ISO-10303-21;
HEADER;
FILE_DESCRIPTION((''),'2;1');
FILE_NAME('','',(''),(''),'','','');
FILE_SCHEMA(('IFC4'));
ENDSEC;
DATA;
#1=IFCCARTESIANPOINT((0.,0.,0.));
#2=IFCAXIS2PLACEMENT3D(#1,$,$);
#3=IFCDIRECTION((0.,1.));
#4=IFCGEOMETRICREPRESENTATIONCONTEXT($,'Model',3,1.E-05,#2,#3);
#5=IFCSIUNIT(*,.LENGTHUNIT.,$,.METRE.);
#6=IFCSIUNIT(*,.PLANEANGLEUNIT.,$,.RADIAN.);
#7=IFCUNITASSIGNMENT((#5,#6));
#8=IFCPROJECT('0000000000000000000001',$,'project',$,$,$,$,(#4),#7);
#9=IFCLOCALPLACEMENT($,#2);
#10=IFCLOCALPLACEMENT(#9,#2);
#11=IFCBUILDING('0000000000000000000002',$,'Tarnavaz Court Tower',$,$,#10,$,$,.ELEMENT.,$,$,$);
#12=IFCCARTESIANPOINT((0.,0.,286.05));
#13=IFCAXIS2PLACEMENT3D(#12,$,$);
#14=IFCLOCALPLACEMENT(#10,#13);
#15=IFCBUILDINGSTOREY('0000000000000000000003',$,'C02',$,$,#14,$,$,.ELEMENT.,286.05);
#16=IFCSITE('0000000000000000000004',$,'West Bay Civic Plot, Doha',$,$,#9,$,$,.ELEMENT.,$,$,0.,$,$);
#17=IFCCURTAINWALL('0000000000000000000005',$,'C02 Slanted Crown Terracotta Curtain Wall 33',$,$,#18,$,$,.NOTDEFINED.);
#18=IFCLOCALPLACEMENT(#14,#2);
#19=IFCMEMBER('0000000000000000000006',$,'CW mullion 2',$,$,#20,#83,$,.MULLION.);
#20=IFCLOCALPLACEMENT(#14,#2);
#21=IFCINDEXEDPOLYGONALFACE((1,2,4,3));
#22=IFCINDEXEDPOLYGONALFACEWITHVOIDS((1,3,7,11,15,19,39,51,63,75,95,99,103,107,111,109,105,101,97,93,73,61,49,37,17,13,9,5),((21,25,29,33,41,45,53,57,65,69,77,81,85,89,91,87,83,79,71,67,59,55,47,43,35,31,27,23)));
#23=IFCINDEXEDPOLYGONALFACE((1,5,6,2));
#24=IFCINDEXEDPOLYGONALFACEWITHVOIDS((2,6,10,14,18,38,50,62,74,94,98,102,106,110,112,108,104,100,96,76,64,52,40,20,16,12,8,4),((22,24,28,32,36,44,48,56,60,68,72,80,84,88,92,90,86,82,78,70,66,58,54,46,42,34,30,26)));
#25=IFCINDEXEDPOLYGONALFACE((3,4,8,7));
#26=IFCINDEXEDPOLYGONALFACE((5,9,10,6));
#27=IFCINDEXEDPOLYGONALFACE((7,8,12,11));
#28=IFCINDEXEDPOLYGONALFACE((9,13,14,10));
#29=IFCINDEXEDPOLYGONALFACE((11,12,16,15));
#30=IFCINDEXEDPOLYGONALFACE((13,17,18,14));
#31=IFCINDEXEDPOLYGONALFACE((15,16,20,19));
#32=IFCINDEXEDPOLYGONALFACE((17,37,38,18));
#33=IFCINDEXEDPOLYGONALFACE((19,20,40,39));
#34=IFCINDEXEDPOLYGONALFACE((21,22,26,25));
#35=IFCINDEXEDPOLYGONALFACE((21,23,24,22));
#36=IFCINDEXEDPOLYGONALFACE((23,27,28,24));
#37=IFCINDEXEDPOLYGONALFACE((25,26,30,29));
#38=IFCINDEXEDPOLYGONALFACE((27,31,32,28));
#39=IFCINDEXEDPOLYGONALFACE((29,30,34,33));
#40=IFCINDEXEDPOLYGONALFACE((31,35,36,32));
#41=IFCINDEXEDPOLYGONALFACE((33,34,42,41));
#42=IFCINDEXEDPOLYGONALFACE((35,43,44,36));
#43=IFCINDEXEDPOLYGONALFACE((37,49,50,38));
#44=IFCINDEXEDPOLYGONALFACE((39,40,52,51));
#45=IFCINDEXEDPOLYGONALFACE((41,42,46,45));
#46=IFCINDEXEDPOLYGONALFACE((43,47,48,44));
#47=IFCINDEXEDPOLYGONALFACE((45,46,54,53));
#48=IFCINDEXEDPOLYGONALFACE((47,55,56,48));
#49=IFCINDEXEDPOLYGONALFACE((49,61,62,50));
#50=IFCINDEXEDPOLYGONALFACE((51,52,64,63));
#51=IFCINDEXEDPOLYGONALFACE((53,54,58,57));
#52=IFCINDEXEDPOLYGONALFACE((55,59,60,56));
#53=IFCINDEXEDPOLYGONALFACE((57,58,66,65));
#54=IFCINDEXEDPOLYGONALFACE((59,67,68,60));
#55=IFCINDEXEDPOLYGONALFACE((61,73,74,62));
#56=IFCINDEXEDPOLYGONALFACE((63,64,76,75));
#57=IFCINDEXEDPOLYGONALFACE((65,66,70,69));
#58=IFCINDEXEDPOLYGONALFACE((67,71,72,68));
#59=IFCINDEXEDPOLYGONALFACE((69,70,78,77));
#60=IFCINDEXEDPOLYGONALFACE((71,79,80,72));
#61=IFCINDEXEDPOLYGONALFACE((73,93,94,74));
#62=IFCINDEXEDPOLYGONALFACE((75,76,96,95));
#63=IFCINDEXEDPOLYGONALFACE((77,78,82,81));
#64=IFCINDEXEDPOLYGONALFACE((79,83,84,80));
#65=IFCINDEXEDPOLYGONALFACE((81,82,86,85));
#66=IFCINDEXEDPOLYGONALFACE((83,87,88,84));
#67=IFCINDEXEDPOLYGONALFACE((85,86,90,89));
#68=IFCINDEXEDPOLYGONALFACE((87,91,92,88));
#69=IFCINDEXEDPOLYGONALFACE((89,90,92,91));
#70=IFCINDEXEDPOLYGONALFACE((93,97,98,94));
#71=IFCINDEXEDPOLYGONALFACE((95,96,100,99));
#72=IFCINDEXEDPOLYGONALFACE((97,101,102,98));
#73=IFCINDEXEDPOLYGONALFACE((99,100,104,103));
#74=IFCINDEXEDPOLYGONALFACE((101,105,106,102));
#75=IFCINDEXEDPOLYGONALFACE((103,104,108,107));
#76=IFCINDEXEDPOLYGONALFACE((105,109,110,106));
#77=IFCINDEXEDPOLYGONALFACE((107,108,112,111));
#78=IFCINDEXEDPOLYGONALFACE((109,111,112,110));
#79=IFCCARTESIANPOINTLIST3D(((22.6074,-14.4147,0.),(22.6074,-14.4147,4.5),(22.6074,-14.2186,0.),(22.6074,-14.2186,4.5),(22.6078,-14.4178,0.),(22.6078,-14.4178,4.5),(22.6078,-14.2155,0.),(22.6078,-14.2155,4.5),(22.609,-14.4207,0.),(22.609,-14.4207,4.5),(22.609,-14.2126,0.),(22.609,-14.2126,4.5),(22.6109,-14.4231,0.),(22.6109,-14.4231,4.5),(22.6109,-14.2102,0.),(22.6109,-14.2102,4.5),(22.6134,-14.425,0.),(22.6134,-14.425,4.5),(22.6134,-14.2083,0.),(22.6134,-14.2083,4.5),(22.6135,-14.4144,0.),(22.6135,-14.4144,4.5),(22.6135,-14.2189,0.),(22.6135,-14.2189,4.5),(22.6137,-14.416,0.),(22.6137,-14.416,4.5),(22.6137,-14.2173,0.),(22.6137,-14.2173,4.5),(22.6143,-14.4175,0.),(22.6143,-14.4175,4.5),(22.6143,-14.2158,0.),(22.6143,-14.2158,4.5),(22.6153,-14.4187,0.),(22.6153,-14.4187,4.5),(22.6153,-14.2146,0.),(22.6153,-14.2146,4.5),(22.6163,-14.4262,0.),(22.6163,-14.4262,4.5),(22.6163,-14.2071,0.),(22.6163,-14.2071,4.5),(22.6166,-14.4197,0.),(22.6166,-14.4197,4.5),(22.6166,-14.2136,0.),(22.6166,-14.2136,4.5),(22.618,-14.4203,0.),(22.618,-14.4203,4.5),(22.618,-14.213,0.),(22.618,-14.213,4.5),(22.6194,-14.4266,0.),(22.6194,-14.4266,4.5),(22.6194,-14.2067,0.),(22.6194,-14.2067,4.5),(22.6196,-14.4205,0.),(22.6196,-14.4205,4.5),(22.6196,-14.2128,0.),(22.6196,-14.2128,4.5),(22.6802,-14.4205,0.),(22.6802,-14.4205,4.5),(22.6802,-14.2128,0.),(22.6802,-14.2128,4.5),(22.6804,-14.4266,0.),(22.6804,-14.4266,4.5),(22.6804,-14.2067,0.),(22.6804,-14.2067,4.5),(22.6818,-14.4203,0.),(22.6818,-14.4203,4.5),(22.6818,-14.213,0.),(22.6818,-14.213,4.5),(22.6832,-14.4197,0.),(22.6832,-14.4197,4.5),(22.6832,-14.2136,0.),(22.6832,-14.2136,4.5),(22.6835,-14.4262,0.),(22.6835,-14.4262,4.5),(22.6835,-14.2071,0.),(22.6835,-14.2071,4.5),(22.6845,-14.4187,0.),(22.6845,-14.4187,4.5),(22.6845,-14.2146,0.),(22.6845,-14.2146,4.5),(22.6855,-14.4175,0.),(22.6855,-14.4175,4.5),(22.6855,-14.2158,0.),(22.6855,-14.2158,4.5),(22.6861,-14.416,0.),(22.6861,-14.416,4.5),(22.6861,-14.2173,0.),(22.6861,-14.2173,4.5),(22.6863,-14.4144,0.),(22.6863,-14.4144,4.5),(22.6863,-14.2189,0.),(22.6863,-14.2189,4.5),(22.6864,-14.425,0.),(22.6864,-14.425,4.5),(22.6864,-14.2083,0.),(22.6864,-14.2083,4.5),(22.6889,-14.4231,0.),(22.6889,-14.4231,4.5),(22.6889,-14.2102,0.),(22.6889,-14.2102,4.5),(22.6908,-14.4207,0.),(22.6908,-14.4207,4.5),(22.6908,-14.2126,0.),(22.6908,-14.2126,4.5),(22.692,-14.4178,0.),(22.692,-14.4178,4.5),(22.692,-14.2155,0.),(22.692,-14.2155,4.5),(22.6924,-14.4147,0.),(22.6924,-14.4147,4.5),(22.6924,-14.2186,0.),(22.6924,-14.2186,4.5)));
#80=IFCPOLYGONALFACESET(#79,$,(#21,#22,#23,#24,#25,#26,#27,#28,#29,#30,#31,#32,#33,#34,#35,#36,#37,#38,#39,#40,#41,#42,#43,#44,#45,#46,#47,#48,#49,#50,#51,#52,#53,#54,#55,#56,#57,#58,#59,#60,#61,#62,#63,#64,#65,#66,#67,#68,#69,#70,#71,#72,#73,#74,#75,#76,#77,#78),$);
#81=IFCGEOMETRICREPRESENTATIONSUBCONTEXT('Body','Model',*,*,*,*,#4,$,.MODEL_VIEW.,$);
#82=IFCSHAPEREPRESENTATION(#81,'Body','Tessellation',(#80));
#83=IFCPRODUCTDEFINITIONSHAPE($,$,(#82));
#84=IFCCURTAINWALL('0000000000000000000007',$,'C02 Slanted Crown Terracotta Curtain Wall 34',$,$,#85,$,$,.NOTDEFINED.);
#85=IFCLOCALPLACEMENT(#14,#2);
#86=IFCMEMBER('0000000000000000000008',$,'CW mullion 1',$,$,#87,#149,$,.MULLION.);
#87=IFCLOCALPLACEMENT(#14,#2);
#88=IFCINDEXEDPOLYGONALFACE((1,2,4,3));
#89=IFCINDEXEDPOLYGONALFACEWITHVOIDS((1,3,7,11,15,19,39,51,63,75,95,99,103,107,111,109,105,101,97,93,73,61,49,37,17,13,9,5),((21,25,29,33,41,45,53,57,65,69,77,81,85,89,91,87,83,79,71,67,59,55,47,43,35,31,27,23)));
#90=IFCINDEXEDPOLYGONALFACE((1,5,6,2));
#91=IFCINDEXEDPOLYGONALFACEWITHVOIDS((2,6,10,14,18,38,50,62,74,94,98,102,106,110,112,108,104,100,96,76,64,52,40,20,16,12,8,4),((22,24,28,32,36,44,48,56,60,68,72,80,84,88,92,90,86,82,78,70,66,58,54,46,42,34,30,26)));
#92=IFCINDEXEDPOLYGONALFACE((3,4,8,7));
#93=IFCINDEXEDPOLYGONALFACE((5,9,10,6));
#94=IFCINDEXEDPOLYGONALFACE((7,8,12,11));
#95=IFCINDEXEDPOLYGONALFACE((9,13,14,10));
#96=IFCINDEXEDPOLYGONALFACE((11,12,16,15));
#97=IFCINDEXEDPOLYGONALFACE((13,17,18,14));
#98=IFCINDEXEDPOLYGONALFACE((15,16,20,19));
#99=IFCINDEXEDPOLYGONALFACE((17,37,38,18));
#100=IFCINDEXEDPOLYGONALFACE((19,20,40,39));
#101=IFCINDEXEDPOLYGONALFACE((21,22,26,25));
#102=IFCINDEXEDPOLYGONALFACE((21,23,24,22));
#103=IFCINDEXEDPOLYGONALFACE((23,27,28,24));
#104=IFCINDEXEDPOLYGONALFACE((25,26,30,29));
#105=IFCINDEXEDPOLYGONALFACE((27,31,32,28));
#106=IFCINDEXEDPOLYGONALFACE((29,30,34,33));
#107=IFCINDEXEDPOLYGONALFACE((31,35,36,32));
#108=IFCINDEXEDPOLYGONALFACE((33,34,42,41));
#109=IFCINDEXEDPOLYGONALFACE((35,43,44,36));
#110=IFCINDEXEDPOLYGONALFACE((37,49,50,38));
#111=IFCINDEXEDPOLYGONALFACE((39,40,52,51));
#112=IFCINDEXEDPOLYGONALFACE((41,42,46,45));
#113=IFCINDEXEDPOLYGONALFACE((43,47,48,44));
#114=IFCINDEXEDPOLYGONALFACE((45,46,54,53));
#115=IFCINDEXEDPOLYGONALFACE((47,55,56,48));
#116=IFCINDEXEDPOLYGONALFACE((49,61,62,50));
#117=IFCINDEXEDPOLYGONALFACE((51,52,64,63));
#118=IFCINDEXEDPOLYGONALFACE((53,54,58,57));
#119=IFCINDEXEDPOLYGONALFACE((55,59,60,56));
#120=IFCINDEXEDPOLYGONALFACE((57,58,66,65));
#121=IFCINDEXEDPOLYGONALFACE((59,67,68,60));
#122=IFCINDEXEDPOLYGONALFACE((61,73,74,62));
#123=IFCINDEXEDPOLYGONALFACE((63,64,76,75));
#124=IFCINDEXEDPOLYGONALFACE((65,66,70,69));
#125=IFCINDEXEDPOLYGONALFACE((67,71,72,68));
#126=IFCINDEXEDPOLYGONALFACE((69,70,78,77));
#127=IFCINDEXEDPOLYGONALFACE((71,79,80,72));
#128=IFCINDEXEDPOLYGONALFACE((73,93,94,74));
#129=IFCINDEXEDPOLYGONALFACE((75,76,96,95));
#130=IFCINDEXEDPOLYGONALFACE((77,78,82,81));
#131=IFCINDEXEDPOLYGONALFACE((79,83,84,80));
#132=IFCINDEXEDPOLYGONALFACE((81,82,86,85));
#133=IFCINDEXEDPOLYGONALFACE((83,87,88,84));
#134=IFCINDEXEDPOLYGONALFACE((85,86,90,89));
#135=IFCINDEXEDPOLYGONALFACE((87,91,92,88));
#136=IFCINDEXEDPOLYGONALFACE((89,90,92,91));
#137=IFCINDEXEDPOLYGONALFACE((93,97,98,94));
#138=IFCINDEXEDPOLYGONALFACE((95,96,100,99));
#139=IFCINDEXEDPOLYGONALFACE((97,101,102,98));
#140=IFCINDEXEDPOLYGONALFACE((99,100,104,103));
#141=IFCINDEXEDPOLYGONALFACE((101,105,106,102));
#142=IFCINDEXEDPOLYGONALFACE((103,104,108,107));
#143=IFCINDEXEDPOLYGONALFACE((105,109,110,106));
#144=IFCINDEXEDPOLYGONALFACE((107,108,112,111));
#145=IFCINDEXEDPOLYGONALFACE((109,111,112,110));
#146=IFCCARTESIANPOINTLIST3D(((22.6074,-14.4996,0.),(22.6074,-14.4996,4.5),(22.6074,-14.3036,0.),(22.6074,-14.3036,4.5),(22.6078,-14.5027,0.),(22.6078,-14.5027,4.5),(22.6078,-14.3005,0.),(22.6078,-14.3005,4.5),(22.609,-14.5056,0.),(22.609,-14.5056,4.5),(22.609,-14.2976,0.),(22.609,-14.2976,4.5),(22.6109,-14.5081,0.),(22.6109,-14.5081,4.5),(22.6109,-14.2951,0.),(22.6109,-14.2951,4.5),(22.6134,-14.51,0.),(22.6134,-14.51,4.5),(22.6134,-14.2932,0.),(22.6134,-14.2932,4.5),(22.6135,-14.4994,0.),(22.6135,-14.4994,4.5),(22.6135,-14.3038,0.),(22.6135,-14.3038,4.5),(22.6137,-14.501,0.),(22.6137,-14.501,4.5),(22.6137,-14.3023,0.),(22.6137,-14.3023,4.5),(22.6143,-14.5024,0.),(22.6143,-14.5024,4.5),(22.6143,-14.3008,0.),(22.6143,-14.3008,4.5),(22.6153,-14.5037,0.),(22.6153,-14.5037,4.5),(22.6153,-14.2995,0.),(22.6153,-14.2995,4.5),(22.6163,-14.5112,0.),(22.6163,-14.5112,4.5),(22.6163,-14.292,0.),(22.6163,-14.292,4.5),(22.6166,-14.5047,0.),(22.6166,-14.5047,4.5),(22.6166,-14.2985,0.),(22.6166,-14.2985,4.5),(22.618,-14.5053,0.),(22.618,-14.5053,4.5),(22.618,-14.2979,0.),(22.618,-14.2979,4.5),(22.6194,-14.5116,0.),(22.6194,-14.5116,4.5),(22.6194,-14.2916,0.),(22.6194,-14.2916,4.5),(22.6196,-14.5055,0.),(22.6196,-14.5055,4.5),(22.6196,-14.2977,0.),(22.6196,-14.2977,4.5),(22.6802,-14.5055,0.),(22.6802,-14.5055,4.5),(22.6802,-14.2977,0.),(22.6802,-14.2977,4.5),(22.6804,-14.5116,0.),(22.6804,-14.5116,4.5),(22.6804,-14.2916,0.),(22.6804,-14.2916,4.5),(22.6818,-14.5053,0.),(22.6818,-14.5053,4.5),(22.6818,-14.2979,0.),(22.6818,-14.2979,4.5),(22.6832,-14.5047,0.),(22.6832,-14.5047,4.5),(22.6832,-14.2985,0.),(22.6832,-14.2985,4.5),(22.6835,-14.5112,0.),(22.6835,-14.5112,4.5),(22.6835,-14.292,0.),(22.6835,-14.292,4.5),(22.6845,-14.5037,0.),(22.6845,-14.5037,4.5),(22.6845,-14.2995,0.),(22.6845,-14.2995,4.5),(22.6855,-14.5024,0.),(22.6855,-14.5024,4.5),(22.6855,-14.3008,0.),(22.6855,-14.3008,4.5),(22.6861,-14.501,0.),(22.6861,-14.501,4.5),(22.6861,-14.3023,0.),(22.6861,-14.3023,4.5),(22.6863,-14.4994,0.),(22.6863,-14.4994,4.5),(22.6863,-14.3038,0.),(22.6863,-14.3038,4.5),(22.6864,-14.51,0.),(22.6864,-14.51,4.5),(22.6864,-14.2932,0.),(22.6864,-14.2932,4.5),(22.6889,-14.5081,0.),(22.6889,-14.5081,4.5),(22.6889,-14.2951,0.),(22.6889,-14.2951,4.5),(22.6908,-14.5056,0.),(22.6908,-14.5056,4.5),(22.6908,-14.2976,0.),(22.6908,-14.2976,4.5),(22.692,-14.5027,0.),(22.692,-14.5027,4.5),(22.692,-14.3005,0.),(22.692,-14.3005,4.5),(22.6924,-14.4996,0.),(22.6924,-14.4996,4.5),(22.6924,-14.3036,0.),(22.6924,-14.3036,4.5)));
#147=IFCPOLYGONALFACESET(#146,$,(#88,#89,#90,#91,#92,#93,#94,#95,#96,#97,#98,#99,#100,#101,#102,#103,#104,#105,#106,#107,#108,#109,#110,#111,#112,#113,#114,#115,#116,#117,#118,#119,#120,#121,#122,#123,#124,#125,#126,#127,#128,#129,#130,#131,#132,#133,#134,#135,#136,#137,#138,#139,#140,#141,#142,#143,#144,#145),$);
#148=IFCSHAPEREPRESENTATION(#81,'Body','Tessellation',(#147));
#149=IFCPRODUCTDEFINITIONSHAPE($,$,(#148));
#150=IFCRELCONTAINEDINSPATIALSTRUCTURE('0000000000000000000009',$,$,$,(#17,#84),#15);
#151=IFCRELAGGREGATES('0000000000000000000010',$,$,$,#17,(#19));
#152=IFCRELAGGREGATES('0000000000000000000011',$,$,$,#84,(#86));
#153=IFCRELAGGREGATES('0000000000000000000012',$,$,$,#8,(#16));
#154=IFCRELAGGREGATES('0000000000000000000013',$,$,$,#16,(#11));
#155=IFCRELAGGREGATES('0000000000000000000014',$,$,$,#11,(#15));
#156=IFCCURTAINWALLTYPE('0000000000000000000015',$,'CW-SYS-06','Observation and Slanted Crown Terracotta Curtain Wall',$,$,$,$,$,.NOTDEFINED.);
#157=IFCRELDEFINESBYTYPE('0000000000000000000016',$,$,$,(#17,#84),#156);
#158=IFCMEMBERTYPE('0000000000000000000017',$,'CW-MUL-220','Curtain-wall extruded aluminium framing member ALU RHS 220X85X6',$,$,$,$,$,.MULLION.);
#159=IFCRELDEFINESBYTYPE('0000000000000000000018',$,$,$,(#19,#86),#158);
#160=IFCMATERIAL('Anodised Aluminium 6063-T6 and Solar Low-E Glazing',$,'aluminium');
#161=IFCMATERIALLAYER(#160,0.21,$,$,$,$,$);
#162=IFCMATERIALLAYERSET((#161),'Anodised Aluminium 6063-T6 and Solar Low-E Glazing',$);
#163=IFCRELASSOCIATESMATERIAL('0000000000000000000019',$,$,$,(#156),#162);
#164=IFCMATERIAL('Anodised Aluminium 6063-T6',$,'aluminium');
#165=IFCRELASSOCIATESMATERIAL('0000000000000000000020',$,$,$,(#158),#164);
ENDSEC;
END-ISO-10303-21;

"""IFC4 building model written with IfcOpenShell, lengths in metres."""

from ifc_helpers import new_model, si_unit, direction, frame, origin, origin_2d, place, context, subcontext, project, spatial, hollow_rectangle, extrude, material, layer, layer_set, material_profile, profile_set, type_object, element, aggregate, save


model = new_model("IFC4")

# Units and contexts
model_context = context("Model", 3, precision=1e-05, world=origin(), true_north=direction((0.0, 1.0)))
body_context = subcontext(model_context, "Body", "Model", "MODEL_VIEW")
ifc_project = project(units=[si_unit("LENGTHUNIT", "METRE"), si_unit("PLANEANGLEUNIT", "RADIAN")], contexts=[model_context])

# Site, building, storey
site_placement = place(None, origin())
site = spatial("IfcSite", under=ifc_project, at=site_placement, Name="West Bay Civic Plot, Doha", CompositionType="ELEMENT", RefElevation=0.0)
building_placement = place(site_placement, origin())
building = spatial("IfcBuilding", under=site, at=building_placement, Name="Tarnavaz Court Tower", CompositionType="ELEMENT")
storey_placement = place(building_placement, frame((0.0, 0.0, 286.05)))
storey = spatial("IfcBuildingStorey", under=building, at=storey_placement, Name="C02", CompositionType="ELEMENT", Elevation=286.05)

# Shared definitions
ifc_material_1 = material(Name="Anodised Aluminium 6063-T6 and Solar Low-E Glazing", Category="aluminium")
ifc_layer_1 = layer(ifc_material_1, 0.21)
ifc_layer_set_1 = layer_set([ifc_layer_1], Name="Anodised Aluminium 6063-T6 and Solar Low-E Glazing")
curtain_wall_type = type_object("IfcCurtainWallType", Name="CW-SYS-06", Description="Observation and Slanted Crown Terracotta Curtain Wall", PredefinedType="NOTDEFINED", material=ifc_layer_set_1)
ifc_material_2 = material(Name="Anodised Aluminium 6063-T6", Category="aluminium")
ifc_material_profile_1 = material_profile(ifc_material_2, hollow_rectangle(XDim=0.085, YDim=0.22, WallThickness=0.0061, InnerFilletRadius=0.0061, OuterFilletRadius=0.012, at=origin_2d()), Name="ALU RHS 220X85X6")
ifc_profile_set_1 = profile_set([ifc_material_profile_1], Name="Anodised Aluminium 6063-T6")
member_type_1 = type_object("IfcMemberType", Name="CW-MUL-220", Description="Curtain-wall extruded aluminium framing member ALU RHS 220X85X6", PredefinedType="MULLION", material=ifc_profile_set_1)

# Curtain walls, members
curtain_wall_1_placement = place(storey_placement, origin())
curtain_wall_1 = element("IfcCurtainWall", 1, at=curtain_wall_1_placement, inside=storey, type_object=curtain_wall_type, Name="C02 Slanted Crown Terracotta Curtain Wall 33", PredefinedType="NOTDEFINED")
member_1_placement = place(storey_placement, frame((22.6499, -14.3167, 0.0), z_axis=(0.0, 0.0, 1.0), x_axis=(1.0, 0.0, 0.0)))
member_1 = element("IfcMember", 2, at=member_1_placement, type_object=member_type_1, Name="CW mullion 2", PredefinedType="MULLION", context=body_context, shape_type="SweptSolid", body=[
    extrude(hollow_rectangle(XDim=0.085, YDim=0.22, WallThickness=0.0061, InnerFilletRadius=0.0061, OuterFilletRadius=0.012, at=origin_2d()), origin(), (0.0, 0.0, 1.0), 4.5),
])
curtain_wall_2_placement = place(storey_placement, origin())
curtain_wall_2 = element("IfcCurtainWall", 3, at=curtain_wall_2_placement, inside=storey, type_object=curtain_wall_type, Name="C02 Slanted Crown Terracotta Curtain Wall 34", PredefinedType="NOTDEFINED")
member_2_placement = place(storey_placement, frame((22.6499, -14.4016, 0.0), z_axis=(0.0, 0.0, 1.0), x_axis=(1.0, 0.0, 0.0)))
member_2 = element("IfcMember", 4, at=member_2_placement, type_object=member_type_1, Name="CW mullion 1", PredefinedType="MULLION", context=body_context, shape_type="SweptSolid", body=[
    extrude(hollow_rectangle(XDim=0.085, YDim=0.22, WallThickness=0.0061, InnerFilletRadius=0.0061, OuterFilletRadius=0.012, at=origin_2d()), origin(), (0.0, 0.0, 1.0), 4.5),
])

aggregate(curtain_wall_1, [member_1])
aggregate(curtain_wall_2, [member_2])

save(model, "model.ifc")
